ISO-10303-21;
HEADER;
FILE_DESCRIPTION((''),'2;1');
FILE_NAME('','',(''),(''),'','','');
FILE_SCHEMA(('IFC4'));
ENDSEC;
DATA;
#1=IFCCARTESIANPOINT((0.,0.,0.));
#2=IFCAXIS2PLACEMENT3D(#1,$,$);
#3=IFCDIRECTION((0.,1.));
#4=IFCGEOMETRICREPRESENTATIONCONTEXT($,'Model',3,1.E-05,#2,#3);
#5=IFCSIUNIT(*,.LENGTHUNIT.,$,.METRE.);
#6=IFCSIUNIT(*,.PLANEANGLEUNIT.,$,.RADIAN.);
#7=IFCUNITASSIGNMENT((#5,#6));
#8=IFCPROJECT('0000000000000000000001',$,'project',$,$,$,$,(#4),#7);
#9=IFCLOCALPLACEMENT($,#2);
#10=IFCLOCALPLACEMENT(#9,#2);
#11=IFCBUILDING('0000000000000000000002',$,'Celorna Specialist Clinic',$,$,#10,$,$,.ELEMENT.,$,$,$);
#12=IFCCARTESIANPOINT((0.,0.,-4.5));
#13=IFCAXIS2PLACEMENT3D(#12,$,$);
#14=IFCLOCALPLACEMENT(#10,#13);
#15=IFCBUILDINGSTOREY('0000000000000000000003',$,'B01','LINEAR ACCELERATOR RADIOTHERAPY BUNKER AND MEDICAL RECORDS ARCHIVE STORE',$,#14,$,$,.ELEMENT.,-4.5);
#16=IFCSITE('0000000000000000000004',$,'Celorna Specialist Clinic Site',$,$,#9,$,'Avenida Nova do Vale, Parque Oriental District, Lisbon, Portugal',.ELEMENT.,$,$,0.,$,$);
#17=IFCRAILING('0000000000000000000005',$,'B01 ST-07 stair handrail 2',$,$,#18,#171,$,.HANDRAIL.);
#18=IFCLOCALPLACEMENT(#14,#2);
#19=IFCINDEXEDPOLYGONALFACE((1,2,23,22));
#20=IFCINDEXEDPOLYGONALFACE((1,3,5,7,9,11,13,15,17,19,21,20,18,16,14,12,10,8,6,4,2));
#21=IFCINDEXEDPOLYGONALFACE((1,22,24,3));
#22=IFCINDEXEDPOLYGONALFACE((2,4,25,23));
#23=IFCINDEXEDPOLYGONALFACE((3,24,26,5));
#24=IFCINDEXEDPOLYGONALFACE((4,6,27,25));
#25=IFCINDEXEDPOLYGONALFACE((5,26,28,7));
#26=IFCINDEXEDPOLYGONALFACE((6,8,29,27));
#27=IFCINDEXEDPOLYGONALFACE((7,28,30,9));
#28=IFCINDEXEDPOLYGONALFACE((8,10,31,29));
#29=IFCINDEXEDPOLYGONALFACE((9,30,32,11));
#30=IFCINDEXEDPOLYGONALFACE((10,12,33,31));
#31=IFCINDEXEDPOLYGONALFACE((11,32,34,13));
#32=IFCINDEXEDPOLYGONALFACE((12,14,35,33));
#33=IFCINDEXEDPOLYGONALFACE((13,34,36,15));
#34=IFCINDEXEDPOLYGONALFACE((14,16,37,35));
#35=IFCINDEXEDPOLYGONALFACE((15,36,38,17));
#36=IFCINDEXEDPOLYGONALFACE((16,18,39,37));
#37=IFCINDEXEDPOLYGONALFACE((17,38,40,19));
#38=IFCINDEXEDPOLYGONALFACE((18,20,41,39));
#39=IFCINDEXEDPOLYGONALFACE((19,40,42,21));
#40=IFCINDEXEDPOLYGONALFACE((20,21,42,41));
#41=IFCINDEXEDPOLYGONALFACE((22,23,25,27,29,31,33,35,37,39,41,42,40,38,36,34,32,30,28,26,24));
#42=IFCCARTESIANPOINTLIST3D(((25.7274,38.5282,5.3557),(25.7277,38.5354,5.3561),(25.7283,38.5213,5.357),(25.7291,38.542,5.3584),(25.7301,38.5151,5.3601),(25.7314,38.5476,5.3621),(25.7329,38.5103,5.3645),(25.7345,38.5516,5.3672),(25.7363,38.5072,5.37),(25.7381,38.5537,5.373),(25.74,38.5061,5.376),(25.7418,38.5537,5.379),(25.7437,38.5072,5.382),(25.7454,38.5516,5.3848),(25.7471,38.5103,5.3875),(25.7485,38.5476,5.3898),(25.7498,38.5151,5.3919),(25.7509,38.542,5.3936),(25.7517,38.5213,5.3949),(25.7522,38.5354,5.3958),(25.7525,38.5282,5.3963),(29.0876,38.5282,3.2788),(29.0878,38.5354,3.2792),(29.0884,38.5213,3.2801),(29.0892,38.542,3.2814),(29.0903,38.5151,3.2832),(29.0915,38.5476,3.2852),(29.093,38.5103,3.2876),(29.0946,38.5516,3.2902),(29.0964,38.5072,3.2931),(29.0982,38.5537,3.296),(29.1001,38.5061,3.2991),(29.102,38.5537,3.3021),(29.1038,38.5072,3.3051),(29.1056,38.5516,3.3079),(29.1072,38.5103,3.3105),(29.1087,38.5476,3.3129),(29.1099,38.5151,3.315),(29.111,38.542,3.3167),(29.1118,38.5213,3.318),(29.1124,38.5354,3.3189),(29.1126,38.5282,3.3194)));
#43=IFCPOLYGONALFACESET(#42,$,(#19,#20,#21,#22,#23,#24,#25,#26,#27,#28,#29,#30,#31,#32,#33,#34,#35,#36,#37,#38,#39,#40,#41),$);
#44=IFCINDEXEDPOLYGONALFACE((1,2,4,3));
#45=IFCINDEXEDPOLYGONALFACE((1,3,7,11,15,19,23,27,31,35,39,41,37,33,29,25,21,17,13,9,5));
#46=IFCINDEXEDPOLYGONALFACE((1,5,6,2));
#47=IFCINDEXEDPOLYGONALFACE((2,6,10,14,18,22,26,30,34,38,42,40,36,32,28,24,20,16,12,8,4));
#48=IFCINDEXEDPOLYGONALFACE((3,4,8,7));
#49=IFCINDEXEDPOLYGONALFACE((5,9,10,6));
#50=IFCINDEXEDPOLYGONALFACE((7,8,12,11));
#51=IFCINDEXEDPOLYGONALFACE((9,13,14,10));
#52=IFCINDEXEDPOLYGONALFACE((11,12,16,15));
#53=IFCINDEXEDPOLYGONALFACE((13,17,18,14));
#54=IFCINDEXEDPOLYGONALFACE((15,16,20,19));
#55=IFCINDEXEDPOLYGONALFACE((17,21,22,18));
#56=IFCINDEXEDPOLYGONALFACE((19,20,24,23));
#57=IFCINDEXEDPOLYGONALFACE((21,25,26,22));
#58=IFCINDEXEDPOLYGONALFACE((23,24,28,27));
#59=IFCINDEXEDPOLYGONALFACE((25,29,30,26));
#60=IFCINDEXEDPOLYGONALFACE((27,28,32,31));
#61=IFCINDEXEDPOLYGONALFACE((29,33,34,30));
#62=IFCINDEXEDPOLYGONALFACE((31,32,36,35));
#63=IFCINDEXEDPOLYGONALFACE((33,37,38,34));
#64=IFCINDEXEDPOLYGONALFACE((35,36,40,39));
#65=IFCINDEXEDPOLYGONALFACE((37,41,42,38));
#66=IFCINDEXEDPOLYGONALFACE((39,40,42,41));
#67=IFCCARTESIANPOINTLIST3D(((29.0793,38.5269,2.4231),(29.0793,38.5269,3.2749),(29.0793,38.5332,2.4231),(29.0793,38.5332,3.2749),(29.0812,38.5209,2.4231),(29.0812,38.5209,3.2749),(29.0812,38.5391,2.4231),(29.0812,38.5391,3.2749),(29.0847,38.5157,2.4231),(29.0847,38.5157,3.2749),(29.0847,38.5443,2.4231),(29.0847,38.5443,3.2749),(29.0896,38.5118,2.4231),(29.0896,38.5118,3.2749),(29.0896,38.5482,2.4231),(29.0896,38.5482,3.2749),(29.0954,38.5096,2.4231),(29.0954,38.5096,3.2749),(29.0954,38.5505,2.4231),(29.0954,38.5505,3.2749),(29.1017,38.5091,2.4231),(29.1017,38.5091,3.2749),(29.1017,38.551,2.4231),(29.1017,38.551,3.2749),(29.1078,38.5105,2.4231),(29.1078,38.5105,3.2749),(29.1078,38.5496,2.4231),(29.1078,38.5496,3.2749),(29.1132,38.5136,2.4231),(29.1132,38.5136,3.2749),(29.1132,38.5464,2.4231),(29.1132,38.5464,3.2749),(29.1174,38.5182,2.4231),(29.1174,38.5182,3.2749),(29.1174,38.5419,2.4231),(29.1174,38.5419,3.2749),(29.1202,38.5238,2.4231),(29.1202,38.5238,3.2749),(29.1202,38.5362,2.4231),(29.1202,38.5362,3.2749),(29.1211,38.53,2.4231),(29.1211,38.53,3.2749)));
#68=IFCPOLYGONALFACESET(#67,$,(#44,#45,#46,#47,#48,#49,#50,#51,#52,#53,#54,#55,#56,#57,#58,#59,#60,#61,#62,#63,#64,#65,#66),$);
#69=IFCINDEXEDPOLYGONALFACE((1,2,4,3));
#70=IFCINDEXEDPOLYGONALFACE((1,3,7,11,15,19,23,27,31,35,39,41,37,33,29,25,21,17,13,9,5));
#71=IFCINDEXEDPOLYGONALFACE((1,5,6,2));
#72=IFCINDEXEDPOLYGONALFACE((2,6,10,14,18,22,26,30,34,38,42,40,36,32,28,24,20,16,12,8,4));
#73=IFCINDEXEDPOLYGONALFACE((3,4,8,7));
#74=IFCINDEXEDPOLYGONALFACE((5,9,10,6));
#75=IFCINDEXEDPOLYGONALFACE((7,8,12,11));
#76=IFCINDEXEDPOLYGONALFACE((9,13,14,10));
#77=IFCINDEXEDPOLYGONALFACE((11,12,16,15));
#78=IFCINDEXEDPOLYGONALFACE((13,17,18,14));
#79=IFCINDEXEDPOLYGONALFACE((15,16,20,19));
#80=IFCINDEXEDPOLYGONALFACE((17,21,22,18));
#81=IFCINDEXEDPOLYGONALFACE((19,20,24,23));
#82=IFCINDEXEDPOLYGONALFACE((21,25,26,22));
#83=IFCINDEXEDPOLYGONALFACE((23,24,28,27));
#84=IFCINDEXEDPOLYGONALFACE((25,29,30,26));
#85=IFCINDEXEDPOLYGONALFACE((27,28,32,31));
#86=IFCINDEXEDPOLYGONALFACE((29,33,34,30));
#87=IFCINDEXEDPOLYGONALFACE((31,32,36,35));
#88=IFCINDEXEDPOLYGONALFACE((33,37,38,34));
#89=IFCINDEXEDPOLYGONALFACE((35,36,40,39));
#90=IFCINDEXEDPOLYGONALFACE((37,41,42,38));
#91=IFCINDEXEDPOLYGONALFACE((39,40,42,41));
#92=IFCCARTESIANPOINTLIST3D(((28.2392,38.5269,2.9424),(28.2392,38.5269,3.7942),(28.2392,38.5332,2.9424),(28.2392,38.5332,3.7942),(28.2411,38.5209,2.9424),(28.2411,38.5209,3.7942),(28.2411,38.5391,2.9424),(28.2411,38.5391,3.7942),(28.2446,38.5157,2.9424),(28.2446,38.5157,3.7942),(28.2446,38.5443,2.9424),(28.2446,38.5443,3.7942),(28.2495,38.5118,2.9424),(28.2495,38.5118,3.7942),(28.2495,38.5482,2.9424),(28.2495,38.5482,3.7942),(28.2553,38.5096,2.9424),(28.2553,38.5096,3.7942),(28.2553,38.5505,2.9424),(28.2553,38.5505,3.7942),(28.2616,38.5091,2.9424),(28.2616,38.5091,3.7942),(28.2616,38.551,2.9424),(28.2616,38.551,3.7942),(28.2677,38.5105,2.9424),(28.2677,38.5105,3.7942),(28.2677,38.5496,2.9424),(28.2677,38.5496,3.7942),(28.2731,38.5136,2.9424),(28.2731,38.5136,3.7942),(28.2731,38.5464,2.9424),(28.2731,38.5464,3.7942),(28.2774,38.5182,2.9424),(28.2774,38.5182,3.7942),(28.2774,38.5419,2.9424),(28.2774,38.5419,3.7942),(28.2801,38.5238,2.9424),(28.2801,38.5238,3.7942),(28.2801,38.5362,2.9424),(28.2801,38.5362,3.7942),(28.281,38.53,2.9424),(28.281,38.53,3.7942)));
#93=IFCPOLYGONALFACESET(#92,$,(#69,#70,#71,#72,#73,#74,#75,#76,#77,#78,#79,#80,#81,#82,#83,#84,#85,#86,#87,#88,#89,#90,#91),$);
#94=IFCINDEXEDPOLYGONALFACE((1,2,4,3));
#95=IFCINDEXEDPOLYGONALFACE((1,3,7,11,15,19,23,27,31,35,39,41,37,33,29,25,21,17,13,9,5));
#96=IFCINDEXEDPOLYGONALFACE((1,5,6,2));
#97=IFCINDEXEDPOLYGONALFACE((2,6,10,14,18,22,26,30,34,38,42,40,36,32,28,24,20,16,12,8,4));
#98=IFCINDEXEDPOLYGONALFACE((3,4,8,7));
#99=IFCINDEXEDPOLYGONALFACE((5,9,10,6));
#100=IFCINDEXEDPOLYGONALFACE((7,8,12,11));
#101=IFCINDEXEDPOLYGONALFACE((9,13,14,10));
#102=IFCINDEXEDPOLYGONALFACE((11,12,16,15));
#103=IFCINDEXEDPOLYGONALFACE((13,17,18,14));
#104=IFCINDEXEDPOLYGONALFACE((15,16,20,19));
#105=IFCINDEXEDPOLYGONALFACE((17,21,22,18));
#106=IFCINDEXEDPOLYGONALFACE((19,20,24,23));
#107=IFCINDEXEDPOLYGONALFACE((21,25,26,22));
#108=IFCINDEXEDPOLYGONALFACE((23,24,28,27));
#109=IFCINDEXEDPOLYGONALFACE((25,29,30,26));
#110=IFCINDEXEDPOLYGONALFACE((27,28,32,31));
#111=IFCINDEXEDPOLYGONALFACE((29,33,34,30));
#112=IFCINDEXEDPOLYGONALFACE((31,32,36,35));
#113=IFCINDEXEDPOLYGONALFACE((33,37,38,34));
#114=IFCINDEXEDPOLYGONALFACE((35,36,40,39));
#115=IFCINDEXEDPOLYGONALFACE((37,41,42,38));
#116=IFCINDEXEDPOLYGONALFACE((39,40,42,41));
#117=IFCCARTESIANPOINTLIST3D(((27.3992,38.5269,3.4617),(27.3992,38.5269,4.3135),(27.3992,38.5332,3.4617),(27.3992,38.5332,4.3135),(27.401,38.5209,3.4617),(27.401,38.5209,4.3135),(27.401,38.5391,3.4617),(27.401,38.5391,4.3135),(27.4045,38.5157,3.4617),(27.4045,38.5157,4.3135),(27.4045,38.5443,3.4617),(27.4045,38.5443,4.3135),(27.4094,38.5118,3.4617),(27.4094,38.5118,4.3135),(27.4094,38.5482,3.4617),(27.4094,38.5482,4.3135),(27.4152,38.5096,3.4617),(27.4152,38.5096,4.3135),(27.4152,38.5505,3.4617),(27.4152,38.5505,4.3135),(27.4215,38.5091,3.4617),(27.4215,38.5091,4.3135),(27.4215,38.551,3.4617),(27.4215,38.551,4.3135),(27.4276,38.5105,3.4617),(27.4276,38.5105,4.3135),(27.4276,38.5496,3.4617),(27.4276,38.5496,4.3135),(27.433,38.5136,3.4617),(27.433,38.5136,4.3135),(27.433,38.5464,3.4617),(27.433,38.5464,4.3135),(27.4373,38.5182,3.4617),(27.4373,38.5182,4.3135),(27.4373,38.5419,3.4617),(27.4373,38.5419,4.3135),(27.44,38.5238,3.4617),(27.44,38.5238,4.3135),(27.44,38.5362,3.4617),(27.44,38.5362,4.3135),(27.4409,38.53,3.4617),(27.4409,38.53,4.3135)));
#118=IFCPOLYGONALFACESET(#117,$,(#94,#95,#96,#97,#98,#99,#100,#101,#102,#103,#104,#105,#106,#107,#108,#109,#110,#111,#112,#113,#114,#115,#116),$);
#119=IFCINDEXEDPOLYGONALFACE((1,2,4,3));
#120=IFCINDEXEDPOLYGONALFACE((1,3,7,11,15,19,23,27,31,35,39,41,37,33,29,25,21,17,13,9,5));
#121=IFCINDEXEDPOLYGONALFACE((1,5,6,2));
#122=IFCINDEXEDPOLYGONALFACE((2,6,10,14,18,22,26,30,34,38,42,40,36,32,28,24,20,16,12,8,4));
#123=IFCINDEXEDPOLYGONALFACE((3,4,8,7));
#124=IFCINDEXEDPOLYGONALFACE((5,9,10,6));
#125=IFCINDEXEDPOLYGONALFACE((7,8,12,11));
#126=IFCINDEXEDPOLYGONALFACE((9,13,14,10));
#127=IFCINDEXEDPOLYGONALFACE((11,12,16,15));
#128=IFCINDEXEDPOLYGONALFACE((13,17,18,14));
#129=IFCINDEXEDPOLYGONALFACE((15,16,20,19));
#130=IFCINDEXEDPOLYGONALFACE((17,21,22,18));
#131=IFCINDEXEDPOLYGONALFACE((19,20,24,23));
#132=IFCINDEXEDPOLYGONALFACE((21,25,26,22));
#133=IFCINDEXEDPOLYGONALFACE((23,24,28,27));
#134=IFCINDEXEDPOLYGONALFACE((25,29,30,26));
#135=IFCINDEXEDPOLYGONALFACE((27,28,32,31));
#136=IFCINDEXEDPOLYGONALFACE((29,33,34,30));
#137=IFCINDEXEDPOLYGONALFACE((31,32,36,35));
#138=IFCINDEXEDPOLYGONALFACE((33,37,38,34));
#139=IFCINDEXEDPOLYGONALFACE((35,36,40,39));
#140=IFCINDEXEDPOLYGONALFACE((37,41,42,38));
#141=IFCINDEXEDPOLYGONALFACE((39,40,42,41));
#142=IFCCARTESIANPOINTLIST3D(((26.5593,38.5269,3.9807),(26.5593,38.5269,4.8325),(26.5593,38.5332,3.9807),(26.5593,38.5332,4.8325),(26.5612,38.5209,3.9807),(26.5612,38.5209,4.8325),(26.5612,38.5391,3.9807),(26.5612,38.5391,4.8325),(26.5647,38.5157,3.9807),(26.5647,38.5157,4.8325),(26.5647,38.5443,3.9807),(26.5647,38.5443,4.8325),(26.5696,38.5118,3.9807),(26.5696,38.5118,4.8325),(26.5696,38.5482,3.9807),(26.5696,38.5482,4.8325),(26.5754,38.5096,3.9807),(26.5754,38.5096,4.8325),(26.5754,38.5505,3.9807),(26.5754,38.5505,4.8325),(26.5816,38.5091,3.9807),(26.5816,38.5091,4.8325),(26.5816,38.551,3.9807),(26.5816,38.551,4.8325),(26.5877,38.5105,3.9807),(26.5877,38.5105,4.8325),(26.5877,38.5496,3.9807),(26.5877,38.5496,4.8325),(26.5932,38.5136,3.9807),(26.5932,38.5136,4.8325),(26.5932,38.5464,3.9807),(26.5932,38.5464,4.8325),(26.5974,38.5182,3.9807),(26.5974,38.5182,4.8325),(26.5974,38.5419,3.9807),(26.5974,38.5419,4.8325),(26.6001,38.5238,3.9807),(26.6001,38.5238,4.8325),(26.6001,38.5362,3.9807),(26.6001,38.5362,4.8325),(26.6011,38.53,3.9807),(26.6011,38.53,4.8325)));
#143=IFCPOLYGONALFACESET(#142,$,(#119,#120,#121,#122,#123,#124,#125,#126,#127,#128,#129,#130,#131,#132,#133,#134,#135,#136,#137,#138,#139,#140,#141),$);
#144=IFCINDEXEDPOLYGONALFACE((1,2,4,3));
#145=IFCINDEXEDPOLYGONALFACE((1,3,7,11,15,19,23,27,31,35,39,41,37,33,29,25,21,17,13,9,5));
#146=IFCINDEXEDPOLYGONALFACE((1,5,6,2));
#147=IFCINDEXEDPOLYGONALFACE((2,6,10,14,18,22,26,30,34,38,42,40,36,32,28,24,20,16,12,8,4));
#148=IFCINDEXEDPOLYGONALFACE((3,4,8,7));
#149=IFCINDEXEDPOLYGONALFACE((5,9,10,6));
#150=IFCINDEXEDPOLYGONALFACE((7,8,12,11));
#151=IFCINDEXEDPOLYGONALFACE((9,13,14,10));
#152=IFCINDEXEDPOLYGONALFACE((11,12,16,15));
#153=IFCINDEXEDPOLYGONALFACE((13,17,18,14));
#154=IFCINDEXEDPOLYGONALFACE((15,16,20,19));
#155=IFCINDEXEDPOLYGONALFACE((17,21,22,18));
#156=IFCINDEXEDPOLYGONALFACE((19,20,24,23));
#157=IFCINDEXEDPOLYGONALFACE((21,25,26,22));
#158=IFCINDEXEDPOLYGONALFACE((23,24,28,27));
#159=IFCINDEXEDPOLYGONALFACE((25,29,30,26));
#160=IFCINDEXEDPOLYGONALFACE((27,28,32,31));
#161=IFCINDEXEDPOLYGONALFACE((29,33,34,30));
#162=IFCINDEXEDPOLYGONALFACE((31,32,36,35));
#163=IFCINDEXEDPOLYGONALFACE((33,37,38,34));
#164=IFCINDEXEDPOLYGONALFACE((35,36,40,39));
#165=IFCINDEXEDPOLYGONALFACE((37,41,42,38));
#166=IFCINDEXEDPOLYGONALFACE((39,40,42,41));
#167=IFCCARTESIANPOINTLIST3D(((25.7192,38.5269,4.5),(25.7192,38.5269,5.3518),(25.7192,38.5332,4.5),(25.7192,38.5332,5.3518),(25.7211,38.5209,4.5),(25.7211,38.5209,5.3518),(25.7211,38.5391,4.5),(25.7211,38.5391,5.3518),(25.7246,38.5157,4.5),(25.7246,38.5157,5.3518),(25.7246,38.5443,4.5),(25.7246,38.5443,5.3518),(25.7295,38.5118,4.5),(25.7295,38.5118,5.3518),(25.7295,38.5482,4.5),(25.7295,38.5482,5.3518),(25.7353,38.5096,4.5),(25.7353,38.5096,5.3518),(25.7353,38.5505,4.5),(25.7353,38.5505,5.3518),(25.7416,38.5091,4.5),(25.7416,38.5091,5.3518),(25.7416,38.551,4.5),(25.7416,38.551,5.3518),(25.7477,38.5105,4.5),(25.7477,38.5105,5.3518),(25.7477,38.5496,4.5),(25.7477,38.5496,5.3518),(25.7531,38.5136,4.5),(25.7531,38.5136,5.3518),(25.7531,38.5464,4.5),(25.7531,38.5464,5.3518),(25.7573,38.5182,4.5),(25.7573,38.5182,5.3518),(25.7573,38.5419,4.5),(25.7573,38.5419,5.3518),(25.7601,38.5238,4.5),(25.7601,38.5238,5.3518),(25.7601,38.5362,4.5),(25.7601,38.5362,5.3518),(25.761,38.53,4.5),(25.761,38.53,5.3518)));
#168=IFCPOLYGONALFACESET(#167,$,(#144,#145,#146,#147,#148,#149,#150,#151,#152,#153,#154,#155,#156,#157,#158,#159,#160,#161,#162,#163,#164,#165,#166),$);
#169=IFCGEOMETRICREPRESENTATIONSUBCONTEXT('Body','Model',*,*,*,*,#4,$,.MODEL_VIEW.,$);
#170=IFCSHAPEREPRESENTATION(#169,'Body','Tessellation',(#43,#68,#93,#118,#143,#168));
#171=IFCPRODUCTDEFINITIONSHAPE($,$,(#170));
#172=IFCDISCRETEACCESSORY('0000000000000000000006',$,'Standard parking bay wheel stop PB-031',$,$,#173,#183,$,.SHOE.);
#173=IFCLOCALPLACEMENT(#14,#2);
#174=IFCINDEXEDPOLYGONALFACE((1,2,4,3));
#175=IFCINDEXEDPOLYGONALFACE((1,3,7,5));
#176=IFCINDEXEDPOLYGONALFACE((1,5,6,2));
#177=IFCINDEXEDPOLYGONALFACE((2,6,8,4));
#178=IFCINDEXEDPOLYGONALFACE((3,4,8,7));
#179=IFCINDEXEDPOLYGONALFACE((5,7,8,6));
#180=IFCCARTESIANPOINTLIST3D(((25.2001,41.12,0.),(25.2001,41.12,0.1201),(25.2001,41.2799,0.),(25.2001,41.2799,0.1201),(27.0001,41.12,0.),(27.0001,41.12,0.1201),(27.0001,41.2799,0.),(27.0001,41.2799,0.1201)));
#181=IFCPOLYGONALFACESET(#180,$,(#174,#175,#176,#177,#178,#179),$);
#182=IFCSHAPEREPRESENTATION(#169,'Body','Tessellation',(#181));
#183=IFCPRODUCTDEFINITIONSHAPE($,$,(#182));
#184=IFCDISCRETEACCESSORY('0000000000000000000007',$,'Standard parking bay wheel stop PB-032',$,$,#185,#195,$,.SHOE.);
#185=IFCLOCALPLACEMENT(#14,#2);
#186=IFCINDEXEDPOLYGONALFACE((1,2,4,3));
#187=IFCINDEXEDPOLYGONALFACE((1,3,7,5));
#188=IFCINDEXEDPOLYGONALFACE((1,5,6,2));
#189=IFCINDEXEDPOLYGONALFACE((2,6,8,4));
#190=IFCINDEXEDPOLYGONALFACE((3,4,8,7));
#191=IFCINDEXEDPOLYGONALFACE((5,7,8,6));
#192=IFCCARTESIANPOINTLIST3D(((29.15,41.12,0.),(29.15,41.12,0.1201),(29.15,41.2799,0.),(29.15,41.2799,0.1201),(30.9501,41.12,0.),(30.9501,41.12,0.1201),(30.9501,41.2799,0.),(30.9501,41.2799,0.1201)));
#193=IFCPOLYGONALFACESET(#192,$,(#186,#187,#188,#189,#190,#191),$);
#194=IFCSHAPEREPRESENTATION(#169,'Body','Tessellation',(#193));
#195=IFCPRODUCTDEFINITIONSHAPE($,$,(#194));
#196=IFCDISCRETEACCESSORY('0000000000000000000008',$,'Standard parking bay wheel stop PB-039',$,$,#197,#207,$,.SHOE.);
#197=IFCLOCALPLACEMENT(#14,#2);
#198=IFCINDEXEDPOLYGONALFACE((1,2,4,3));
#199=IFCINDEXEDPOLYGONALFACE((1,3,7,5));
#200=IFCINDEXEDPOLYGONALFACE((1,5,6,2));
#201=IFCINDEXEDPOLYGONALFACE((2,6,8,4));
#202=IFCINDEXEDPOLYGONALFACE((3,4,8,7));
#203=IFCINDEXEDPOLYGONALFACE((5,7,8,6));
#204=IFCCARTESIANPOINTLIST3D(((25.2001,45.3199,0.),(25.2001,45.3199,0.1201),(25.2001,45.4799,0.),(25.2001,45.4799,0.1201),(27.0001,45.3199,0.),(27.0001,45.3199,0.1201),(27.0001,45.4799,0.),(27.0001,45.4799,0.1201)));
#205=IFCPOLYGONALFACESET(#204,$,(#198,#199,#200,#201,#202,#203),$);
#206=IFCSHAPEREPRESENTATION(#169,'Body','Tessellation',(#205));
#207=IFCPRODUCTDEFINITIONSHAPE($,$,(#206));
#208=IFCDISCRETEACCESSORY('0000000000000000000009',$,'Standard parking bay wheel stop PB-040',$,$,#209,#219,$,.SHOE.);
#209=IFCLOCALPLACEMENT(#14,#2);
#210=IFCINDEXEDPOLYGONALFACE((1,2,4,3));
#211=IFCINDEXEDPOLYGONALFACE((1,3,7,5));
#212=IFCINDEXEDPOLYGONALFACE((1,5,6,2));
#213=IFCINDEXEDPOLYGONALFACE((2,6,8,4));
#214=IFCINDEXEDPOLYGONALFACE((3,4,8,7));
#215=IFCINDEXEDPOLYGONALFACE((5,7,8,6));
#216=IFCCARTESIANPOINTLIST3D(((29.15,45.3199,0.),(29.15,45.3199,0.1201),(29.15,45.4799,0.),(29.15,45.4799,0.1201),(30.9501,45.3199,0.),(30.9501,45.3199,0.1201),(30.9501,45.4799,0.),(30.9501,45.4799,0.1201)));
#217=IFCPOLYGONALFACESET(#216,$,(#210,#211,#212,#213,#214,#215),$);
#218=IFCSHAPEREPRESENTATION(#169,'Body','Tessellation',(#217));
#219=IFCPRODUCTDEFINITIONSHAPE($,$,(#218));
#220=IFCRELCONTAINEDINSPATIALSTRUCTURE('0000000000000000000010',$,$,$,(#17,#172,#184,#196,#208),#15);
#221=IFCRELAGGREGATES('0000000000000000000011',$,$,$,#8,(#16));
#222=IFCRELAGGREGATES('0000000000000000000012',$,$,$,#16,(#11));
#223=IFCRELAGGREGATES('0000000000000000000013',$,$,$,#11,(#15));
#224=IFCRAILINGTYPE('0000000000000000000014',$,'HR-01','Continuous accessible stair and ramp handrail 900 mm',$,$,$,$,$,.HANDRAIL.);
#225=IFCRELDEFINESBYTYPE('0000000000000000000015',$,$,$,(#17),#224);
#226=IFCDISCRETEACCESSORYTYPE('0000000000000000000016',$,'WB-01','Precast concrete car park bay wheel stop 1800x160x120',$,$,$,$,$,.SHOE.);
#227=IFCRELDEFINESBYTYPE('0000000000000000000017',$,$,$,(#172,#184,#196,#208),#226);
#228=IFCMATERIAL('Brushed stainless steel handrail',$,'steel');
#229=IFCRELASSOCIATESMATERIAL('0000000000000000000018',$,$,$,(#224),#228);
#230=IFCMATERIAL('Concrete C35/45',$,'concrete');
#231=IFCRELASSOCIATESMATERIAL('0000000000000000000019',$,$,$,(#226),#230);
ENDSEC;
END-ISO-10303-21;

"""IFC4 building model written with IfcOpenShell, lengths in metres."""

from ifc_helpers import new_model, si_unit, direction, frame, origin, origin_2d, place, context, subcontext, project, spatial, rectangle, circle, extrude, material, type_object, element, save


model = new_model("IFC4")

# Units and contexts
model_context = context("Model", 3, precision=1e-05, world=origin(), true_north=direction((0.0, 1.0)))
body_context = subcontext(model_context, "Body", "Model", "MODEL_VIEW")
ifc_project = project(units=[si_unit("LENGTHUNIT", "METRE"), si_unit("PLANEANGLEUNIT", "RADIAN")], contexts=[model_context])

# Site, building, storey
site_placement = place(None, origin())
site = spatial("IfcSite", under=ifc_project, at=site_placement, Name="Celorna Specialist Clinic Site", LongName="Avenida Nova do Vale, Parque Oriental District, Lisbon, Portugal", CompositionType="ELEMENT", RefElevation=0.0)
building_placement = place(site_placement, origin())
building = spatial("IfcBuilding", under=site, at=building_placement, Name="Celorna Specialist Clinic", CompositionType="ELEMENT")
storey_placement = place(building_placement, frame((0.0, 0.0, -4.5)))
storey = spatial("IfcBuildingStorey", under=building, at=storey_placement, Name="B01", Description="LINEAR ACCELERATOR RADIOTHERAPY BUNKER AND MEDICAL RECORDS ARCHIVE STORE", CompositionType="ELEMENT", Elevation=-4.5)

# Shared definitions
ifc_material_1 = material(Name="Concrete C35/45", Category="concrete")

# Railing
ifc_material_2 = material(Name="Brushed stainless steel handrail", Category="steel")
railing_type_1 = type_object("IfcRailingType", Name="HR-01", Description="Continuous accessible stair and ramp handrail 900 mm", PredefinedType="HANDRAIL", material=ifc_material_2)
railing_1_placement = place(storey_placement, frame((29.1001, 38.53, 2.4231)))
element("IfcRailing", 1, at=railing_1_placement, inside=storey, type_object=railing_type_1, Name="B01 ST-07 stair handrail 2", PredefinedType="HANDRAIL", context=body_context, shape_type="SweptSolid", body=[
    extrude(circle(Radius=0.0239, at=origin_2d()), frame((0.0, 0.0, 0.876), z_axis=(-0.850623, 0.0, 0.525776), x_axis=(0.0, -1.0, 0.0)), (0.0, 0.0, 1.0), 3.9502),
    extrude(circle(Radius=0.021, at=origin_2d()), origin(), (0.0, 0.0, 1.0), 0.8518),
    extrude(circle(Radius=0.021, at=origin_2d()), frame((-0.8401, 0.0, 0.5193)), (0.0, 0.0, 1.0), 0.8518),
    extrude(circle(Radius=0.021, at=origin_2d()), frame((-1.6802, 0.0, 1.0386)), (0.0, 0.0, 1.0), 0.8518),
    extrude(circle(Radius=0.021, at=origin_2d()), frame((-2.52, 0.0, 1.5576)), (0.0, 0.0, 1.0), 0.8518),
    extrude(circle(Radius=0.021, at=origin_2d()), frame((-3.3601, 0.0, 2.0769)), (0.0, 0.0, 1.0), 0.8518),
])

# Discrete accessories
discrete_accessory_type = type_object("IfcDiscreteAccessoryType", Name="WB-01", Description="Precast concrete car park bay wheel stop 1800x160x120", PredefinedType="SHOE", material=ifc_material_1)
for number, where, z_axis, x_axis, name in (
    (2, (26.1001, 41.2, 0.0), (0.0, 0.0, 1.0), (1.0, 0.0, 0.0), "Standard parking bay wheel stop PB-031"),
    (3, (30.05, 41.2, 0.0), (0.0, 0.0, 1.0), (1.0, 0.0, 0.0), "Standard parking bay wheel stop PB-032"),
    (4, (26.1001, 45.3999, 0.0), (0.0, 0.0, 1.0), (1.0, 0.0, 0.0), "Standard parking bay wheel stop PB-039"),
    (5, (30.05, 45.3999, 0.0), (0.0, 0.0, 1.0), (1.0, 0.0, 0.0), "Standard parking bay wheel stop PB-040"),
):
    element("IfcDiscreteAccessory", number, at=place(storey_placement, frame(where, z_axis=z_axis, x_axis=x_axis)), inside=storey, type_object=discrete_accessory_type, Name=name, PredefinedType="SHOE", context=body_context, shape_type="SweptSolid", body=[
        extrude(rectangle(XDim=1.8, YDim=0.1599, at=origin_2d()), origin(), (0.0, 0.0, 1.0), 0.1201),
    ])

save(model, "model.ifc")
